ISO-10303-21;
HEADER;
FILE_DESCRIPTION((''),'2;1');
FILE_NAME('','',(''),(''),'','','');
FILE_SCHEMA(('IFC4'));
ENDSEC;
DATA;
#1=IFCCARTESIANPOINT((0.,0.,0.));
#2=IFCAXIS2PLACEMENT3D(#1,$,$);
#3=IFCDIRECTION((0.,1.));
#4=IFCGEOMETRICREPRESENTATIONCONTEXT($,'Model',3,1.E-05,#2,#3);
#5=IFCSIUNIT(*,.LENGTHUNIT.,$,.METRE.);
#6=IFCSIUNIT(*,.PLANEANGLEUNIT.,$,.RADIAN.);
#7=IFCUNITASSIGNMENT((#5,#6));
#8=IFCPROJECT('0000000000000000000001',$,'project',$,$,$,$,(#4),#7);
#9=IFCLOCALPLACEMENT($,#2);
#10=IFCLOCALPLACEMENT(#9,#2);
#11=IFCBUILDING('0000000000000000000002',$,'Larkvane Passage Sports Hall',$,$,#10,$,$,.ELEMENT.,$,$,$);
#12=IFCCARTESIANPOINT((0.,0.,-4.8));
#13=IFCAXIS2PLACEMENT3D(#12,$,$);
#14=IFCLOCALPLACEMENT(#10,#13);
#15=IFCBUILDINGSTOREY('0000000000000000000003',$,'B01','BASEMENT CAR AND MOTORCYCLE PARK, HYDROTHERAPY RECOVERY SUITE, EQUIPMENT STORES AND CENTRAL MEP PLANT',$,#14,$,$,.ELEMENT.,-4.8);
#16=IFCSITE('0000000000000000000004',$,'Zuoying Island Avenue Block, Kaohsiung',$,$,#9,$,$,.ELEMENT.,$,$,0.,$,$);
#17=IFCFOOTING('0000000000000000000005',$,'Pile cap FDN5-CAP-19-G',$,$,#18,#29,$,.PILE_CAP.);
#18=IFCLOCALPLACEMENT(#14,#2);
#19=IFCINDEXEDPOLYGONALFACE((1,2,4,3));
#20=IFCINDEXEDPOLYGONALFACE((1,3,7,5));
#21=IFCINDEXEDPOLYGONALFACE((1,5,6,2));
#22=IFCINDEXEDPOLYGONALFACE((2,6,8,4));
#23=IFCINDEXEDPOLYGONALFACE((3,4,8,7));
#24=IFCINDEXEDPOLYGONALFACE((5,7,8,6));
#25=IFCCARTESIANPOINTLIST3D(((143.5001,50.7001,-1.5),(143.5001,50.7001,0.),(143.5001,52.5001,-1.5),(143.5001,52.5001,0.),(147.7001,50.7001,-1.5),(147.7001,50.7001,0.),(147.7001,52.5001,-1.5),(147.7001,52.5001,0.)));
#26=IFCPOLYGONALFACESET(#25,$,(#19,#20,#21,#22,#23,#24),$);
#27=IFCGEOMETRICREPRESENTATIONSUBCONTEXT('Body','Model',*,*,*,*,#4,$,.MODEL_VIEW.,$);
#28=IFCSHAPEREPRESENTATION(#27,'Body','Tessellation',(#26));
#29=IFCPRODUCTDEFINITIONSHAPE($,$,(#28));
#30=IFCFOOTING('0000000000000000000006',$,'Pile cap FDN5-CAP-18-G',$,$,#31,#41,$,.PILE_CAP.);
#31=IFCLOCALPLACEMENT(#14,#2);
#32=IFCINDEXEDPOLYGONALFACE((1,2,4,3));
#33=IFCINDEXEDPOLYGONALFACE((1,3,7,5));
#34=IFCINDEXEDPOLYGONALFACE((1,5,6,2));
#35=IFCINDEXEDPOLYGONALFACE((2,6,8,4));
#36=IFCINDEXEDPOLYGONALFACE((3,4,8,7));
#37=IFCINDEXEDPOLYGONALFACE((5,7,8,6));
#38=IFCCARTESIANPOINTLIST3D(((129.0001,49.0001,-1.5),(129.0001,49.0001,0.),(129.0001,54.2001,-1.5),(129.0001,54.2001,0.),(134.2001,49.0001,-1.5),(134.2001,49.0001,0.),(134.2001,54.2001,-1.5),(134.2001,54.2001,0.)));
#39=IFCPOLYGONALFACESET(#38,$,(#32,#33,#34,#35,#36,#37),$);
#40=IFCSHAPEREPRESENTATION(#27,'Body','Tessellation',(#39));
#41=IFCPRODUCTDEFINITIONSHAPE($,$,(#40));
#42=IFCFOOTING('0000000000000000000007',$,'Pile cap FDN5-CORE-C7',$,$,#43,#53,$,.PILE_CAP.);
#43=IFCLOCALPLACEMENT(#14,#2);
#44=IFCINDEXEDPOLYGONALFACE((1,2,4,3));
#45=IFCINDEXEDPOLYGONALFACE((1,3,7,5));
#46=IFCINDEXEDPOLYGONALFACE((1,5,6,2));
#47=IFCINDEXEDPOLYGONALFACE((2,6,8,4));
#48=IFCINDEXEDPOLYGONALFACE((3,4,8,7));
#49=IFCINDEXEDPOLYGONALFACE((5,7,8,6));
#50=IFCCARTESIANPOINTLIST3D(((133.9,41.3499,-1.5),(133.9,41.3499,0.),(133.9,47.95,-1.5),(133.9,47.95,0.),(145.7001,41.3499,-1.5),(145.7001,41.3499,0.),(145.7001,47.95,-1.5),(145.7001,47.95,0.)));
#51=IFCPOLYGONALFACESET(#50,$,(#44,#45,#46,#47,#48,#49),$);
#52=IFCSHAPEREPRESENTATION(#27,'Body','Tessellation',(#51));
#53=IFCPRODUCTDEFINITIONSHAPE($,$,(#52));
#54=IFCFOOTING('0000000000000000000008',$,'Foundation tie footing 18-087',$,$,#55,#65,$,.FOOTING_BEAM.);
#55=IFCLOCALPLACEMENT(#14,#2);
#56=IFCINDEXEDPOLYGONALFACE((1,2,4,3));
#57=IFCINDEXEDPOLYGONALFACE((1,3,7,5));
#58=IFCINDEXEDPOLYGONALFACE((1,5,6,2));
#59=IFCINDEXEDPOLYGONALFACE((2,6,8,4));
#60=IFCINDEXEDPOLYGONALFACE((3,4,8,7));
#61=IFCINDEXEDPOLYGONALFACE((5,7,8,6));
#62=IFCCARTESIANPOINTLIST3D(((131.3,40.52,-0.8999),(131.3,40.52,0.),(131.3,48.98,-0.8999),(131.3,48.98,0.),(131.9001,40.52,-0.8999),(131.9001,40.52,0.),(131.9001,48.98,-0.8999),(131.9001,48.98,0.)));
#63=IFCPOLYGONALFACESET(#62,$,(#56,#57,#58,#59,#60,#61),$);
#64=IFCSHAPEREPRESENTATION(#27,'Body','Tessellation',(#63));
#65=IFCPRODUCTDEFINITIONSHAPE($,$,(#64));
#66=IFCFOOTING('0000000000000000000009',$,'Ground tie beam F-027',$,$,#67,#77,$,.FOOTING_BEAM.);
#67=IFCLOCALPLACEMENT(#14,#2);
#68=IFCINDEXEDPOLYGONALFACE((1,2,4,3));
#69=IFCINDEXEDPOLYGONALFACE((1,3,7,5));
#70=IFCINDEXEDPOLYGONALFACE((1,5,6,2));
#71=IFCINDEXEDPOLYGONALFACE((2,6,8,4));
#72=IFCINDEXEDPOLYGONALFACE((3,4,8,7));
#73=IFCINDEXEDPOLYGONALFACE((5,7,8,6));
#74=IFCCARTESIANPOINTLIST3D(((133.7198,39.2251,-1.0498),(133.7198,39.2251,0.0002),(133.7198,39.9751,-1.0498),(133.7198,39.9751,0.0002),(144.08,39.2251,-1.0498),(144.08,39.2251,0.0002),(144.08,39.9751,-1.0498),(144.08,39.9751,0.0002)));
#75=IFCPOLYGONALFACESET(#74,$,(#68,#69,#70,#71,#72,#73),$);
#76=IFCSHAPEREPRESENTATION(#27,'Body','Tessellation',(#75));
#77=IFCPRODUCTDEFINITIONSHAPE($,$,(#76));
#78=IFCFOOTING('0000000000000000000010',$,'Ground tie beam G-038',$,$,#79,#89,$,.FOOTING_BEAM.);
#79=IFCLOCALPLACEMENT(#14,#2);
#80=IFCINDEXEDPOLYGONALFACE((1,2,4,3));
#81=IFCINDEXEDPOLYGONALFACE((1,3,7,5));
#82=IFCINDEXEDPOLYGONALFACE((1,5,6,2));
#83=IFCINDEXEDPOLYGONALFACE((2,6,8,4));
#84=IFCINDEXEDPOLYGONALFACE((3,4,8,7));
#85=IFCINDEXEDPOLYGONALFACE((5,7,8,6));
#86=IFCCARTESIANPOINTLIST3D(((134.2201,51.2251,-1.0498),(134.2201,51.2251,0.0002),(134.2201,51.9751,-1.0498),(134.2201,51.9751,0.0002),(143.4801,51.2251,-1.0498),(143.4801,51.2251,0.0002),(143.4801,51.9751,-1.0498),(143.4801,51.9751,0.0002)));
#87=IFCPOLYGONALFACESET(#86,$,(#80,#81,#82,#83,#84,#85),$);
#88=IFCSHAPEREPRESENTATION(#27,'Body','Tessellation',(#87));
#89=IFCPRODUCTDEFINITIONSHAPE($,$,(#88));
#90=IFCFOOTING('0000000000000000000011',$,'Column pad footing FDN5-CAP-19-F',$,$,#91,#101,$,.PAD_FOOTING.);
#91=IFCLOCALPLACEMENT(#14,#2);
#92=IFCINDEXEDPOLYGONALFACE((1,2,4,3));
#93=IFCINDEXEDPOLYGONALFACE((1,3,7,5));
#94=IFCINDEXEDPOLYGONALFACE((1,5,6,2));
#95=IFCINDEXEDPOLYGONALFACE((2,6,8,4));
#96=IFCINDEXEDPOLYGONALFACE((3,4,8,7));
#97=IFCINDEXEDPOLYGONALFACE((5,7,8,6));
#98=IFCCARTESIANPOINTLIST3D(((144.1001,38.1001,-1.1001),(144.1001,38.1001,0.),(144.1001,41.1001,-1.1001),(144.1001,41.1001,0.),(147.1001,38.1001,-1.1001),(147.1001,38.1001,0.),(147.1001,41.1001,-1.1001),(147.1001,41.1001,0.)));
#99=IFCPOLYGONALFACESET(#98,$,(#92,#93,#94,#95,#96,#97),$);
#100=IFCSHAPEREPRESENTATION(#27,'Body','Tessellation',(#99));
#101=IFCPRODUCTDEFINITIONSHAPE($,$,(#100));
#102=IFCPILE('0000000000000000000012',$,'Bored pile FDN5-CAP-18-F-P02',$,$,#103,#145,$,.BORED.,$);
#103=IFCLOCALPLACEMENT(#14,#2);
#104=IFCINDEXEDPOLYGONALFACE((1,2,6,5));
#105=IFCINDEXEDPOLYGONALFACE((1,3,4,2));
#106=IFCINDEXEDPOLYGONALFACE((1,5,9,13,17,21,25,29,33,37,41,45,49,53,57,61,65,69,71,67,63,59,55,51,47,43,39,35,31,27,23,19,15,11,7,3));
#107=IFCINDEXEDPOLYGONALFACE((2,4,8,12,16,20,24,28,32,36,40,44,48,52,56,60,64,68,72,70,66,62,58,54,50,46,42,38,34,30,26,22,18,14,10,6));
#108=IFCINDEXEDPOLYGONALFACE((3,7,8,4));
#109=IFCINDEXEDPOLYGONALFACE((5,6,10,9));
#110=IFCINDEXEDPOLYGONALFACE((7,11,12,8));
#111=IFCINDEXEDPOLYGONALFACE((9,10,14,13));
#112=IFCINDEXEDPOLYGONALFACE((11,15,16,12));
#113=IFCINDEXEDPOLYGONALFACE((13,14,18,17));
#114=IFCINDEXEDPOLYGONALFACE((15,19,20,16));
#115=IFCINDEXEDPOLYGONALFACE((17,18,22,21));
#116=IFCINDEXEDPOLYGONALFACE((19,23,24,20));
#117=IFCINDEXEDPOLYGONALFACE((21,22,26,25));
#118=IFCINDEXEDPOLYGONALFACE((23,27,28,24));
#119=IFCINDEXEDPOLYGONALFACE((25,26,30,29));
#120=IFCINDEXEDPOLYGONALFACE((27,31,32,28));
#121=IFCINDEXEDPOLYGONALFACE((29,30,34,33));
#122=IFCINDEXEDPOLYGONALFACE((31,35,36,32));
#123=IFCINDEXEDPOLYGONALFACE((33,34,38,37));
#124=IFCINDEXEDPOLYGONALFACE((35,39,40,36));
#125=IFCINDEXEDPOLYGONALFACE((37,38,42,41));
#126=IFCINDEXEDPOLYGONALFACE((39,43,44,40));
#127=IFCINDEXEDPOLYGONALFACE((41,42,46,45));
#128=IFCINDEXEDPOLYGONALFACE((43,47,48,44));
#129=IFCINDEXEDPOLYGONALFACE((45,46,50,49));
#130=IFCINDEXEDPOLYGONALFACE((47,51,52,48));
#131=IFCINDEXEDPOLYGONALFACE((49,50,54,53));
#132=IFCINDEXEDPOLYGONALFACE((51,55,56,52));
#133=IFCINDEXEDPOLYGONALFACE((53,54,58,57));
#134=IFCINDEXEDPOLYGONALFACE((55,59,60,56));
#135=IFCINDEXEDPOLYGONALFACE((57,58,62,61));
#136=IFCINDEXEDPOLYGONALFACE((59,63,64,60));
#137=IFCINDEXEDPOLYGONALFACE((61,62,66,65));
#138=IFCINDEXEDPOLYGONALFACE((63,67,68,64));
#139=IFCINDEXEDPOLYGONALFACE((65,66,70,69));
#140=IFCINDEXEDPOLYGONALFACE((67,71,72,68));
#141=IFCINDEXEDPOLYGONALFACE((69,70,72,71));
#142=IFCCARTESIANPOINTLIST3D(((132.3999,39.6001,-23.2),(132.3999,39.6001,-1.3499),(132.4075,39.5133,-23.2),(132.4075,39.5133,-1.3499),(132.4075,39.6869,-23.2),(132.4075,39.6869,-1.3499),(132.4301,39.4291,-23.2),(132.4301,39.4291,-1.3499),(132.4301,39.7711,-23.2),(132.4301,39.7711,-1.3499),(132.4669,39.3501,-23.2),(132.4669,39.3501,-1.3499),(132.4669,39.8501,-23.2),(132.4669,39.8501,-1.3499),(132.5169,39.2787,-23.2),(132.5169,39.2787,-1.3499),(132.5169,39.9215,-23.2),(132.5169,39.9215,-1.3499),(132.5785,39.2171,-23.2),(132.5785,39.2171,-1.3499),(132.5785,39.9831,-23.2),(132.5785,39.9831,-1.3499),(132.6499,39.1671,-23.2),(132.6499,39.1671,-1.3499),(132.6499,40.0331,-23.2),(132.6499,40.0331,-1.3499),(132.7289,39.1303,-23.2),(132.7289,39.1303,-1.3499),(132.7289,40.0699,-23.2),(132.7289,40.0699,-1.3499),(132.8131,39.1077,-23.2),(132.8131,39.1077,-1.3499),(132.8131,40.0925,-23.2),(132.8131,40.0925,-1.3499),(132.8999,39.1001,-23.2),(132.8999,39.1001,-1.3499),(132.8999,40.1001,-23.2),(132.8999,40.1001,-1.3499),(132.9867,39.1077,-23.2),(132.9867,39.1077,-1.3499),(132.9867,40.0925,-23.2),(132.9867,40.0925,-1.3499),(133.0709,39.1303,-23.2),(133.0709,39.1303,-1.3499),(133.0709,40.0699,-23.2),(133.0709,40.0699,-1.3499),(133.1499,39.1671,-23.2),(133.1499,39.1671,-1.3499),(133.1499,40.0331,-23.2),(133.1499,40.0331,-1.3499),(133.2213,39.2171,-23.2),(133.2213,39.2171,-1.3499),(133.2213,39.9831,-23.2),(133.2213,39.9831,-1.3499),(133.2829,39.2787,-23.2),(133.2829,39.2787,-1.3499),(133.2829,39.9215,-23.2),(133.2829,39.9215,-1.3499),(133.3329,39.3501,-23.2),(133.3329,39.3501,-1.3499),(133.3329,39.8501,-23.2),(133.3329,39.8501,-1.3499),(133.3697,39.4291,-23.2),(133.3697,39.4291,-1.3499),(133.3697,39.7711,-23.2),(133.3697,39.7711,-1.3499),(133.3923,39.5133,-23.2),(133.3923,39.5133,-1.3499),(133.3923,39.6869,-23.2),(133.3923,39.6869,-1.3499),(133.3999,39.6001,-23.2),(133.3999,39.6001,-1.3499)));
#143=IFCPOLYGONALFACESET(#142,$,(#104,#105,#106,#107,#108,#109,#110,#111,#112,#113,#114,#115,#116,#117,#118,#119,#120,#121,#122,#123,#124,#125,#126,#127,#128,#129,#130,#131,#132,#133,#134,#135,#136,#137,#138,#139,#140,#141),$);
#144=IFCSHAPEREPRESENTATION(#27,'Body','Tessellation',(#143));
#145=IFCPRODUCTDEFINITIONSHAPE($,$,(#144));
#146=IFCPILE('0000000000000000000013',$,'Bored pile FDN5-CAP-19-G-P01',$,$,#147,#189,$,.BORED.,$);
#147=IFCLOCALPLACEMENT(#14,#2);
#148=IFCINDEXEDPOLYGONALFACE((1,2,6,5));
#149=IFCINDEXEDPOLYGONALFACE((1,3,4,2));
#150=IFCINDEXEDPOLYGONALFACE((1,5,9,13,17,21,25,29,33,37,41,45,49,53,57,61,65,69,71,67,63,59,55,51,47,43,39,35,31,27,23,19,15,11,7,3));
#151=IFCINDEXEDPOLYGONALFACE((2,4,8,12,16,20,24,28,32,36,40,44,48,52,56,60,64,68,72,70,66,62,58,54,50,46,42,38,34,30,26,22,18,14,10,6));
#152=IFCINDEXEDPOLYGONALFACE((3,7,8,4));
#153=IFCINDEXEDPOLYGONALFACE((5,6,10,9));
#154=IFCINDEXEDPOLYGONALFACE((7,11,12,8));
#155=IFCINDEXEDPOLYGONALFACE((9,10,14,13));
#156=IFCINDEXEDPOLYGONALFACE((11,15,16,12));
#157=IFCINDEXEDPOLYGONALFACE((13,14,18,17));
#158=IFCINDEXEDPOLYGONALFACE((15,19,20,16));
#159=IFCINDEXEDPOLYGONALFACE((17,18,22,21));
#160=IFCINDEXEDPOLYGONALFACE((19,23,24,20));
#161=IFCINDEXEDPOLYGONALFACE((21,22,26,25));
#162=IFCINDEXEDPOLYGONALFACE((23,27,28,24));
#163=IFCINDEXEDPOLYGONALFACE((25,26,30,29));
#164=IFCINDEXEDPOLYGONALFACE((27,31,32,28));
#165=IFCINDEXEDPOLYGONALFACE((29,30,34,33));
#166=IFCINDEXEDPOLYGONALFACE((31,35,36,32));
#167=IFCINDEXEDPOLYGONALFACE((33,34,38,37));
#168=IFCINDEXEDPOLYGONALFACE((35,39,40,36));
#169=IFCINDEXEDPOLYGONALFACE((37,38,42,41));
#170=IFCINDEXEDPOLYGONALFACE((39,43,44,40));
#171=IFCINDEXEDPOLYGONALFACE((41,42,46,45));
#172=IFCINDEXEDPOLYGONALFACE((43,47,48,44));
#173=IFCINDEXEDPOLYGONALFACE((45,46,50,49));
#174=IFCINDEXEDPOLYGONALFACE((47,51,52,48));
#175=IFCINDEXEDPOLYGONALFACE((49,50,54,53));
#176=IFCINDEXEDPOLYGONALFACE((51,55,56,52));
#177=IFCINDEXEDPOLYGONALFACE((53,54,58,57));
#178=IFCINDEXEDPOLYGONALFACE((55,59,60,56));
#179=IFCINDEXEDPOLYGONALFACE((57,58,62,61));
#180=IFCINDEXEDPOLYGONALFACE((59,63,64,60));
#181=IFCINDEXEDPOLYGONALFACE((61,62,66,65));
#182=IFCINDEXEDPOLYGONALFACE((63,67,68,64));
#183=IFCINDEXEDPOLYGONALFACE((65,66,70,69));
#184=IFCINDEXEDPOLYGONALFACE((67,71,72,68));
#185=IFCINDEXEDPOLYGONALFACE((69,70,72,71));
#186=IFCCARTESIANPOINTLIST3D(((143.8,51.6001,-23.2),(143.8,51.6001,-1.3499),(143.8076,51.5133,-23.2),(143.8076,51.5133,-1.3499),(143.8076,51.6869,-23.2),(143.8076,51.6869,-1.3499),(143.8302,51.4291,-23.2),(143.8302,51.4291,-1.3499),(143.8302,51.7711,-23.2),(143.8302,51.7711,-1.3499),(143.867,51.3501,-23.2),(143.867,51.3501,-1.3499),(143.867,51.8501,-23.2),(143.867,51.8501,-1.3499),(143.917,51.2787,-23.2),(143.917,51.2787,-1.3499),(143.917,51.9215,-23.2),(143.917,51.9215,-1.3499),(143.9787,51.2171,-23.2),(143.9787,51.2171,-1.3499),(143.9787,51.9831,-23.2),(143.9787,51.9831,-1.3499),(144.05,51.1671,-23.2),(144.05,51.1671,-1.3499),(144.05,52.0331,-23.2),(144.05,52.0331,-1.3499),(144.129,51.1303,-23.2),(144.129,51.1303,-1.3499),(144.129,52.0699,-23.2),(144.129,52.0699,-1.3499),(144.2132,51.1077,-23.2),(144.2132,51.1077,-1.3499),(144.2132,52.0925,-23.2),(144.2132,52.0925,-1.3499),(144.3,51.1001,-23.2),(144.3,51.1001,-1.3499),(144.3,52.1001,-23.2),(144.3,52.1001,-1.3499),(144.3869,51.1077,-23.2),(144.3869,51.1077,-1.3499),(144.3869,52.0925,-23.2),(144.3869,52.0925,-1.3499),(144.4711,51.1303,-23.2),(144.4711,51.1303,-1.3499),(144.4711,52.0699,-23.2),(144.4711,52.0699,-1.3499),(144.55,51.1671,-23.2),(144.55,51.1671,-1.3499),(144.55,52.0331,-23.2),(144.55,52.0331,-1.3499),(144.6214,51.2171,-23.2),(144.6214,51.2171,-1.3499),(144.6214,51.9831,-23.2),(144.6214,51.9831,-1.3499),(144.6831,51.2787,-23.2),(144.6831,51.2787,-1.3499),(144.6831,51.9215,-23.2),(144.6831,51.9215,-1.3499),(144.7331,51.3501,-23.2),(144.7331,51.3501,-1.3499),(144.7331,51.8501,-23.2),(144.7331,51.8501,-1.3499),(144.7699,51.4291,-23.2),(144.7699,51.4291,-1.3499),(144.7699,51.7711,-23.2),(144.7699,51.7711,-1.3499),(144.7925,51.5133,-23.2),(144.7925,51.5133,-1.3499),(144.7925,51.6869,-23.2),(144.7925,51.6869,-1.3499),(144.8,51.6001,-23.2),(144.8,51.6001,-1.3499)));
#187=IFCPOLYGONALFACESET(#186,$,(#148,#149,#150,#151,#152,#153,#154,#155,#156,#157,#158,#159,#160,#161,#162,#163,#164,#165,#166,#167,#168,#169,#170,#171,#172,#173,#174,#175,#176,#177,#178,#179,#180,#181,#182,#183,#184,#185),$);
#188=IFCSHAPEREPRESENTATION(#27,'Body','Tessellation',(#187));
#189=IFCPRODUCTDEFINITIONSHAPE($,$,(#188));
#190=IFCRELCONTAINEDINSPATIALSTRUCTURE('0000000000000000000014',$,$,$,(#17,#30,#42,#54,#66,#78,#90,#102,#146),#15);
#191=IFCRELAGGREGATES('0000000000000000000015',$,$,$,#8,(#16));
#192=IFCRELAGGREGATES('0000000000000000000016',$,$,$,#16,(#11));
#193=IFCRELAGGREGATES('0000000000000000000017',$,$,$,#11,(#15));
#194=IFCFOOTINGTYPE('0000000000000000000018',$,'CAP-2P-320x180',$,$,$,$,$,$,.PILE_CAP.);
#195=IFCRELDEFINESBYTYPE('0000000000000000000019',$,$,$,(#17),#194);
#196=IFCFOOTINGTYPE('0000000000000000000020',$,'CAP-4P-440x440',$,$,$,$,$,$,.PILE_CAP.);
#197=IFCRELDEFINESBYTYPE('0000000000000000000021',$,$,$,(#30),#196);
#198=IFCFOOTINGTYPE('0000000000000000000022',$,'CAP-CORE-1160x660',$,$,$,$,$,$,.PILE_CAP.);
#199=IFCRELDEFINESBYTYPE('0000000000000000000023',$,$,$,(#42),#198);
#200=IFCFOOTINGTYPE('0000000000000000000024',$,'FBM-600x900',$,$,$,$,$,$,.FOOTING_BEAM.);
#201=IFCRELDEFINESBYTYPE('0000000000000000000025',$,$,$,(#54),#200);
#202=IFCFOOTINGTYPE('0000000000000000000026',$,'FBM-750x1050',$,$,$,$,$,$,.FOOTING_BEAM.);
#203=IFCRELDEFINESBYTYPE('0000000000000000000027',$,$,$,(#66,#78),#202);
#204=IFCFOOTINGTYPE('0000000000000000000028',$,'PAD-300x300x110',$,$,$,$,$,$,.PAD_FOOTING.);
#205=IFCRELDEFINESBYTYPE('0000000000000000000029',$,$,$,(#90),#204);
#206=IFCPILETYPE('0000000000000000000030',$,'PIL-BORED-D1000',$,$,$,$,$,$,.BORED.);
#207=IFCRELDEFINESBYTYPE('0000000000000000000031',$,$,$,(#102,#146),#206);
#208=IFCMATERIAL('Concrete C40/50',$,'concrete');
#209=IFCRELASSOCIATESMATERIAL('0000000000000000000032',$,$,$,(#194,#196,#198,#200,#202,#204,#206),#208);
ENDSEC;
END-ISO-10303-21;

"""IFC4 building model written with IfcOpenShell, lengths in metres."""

from ifc_helpers import new_model, si_unit, direction, frame, origin, origin_2d, place, context, subcontext, project, spatial, rectangle, circle, extrude, material, material_profile, profile_set, type_object, element, save


model = new_model("IFC4")

# Units and contexts
model_context = context("Model", 3, precision=1e-05, world=origin(), true_north=direction((0.0, 1.0)))
body_context = subcontext(model_context, "Body", "Model", "MODEL_VIEW")
ifc_project = project(units=[si_unit("LENGTHUNIT", "METRE"), si_unit("PLANEANGLEUNIT", "RADIAN")], contexts=[model_context])

# Site, building, storey
site_placement = place(None, origin())
site = spatial("IfcSite", under=ifc_project, at=site_placement, Name="Zuoying Island Avenue Block, Kaohsiung", CompositionType="ELEMENT", RefElevation=0.0)
building_placement = place(site_placement, origin())
building = spatial("IfcBuilding", under=site, at=building_placement, Name="Larkvane Passage Sports Hall", CompositionType="ELEMENT")
storey_placement = place(building_placement, frame((0.0, 0.0, -4.8)))
storey = spatial("IfcBuildingStorey", under=building, at=storey_placement, Name="B01", Description="BASEMENT CAR AND MOTORCYCLE PARK, HYDROTHERAPY RECOVERY SUITE, EQUIPMENT STORES AND CENTRAL MEP PLANT", CompositionType="ELEMENT", Elevation=-4.8)

# Footings
ifc_material_1 = material(Name="Concrete C40/50", Category="concrete")
footing_type_1 = type_object("IfcFootingType", Name="CAP-2P-320x180", PredefinedType="PILE_CAP", material=ifc_material_1)
footing_1_placement = place(storey_placement, frame((145.6001, 51.6001, -1.5), z_axis=(0.0, 0.0, 1.0), x_axis=(1.0, 0.0, 0.0)))
element("IfcFooting", 1, at=footing_1_placement, inside=storey, type_object=footing_type_1, Name="Pile cap FDN5-CAP-19-G", PredefinedType="PILE_CAP", context=body_context, shape_type="SweptSolid", body=[
    extrude(rectangle(XDim=4.2, YDim=1.8, at=origin_2d()), origin(), (0.0, 0.0, 1.0), 1.5),
])
footing_type_2 = type_object("IfcFootingType", Name="CAP-4P-440x440", PredefinedType="PILE_CAP", material=ifc_material_1)
footing_2_placement = place(storey_placement, frame((131.6001, 51.6001, -1.5), z_axis=(0.0, 0.0, 1.0), x_axis=(1.0, 0.0, 0.0)))
element("IfcFooting", 2, at=footing_2_placement, inside=storey, type_object=footing_type_2, Name="Pile cap FDN5-CAP-18-G", PredefinedType="PILE_CAP", context=body_context, shape_type="SweptSolid", body=[
    extrude(rectangle(XDim=5.2, YDim=5.2, at=origin_2d()), origin(), (0.0, 0.0, 1.0), 1.5),
])
footing_type_3 = type_object("IfcFootingType", Name="CAP-CORE-1160x660", PredefinedType="PILE_CAP", material=ifc_material_1)
footing_3_placement = place(storey_placement, frame((139.8, 44.6499, -1.5), z_axis=(0.0, 0.0, 1.0), x_axis=(1.0, 0.0, 0.0)))
element("IfcFooting", 3, at=footing_3_placement, inside=storey, type_object=footing_type_3, Name="Pile cap FDN5-CORE-C7", PredefinedType="PILE_CAP", context=body_context, shape_type="SweptSolid", body=[
    extrude(rectangle(XDim=11.8, YDim=6.6001, at=origin_2d()), origin(), (0.0, 0.0, 1.0), 1.5),
])
footing_type_4 = type_object("IfcFootingType", Name="FBM-600x900", PredefinedType="FOOTING_BEAM", material=ifc_material_1)
footing_4_placement = place(storey_placement, frame((131.6001, 44.75, -0.8999), z_axis=(0.0, 0.0, 1.0), x_axis=(1.0, 0.0, 0.0)))
element("IfcFooting", 4, at=footing_4_placement, inside=storey, type_object=footing_type_4, Name="Foundation tie footing 18-087", PredefinedType="FOOTING_BEAM", context=body_context, shape_type="SweptSolid", body=[
    extrude(rectangle(XDim=0.6001, YDim=8.46, at=origin_2d()), origin(), (0.0, 0.0, 1.0), 0.8999),
])
footing_type_5 = type_object("IfcFootingType", Name="FBM-750x1050", PredefinedType="FOOTING_BEAM", material=ifc_material_1)
footing_5_placement = place(storey_placement, frame((138.8999, 39.6001, -1.0498), z_axis=(0.0, 0.0, 1.0), x_axis=(1.0, 0.0, 0.0)))
element("IfcFooting", 5, at=footing_5_placement, inside=storey, type_object=footing_type_5, Name="Ground tie beam F-027", PredefinedType="FOOTING_BEAM", context=body_context, shape_type="SweptSolid", body=[
    extrude(rectangle(XDim=10.3601, YDim=0.75, at=origin_2d()), origin(), (0.0, 0.0, 1.0), 1.05),
])
footing_6_placement = place(storey_placement, frame((138.8501, 51.6001, -1.0498), z_axis=(0.0, 0.0, 1.0), x_axis=(1.0, 0.0, 0.0)))
element("IfcFooting", 6, at=footing_6_placement, inside=storey, type_object=footing_type_5, Name="Ground tie beam G-038", PredefinedType="FOOTING_BEAM", context=body_context, shape_type="SweptSolid", body=[
    extrude(rectangle(XDim=9.26, YDim=0.75, at=origin_2d()), origin(), (0.0, 0.0, 1.0), 1.05),
])
footing_type_6 = type_object("IfcFootingType", Name="PAD-300x300x110", PredefinedType="PAD_FOOTING", material=ifc_material_1)
footing_7_placement = place(storey_placement, frame((145.6001, 39.6001, -1.1001), z_axis=(0.0, 0.0, 1.0), x_axis=(1.0, 0.0, 0.0)))
element("IfcFooting", 7, at=footing_7_placement, inside=storey, type_object=footing_type_6, Name="Column pad footing FDN5-CAP-19-F", PredefinedType="PAD_FOOTING", context=body_context, shape_type="SweptSolid", body=[
    extrude(rectangle(XDim=3.0, YDim=3.0, at=origin_2d()), origin(), (0.0, 0.0, 1.0), 1.1001),
])

# Piles
ifc_material_profile_1 = material_profile(ifc_material_1, circle(Radius=0.5, at=origin_2d()), Name="PILE-D1000")
ifc_profile_set_1 = profile_set([ifc_material_profile_1], Name="Concrete C40/50")
pile_type_1 = type_object("IfcPileType", Name="PIL-BORED-D1000", PredefinedType="BORED", material=ifc_profile_set_1)
for number, where, z_axis, x_axis, name in (
    (8, (132.8999, 39.6001, -1.3499), (0.0, 0.0, -1.0), (1.0, 0.0, 0.0), "Bored pile FDN5-CAP-18-F-P02"),
    (9, (144.3, 51.6001, -1.3499), (0.0, 0.0, -1.0), (1.0, 0.0, 0.0), "Bored pile FDN5-CAP-19-G-P01"),
):
    element("IfcPile", number, at=place(storey_placement, frame(where, z_axis=z_axis, x_axis=x_axis)), inside=storey, type_object=pile_type_1, Name=name, PredefinedType="BORED", context=body_context, shape_type="SweptSolid", body=[
        extrude(circle(Radius=0.5, at=origin_2d()), origin(), (0.0, 0.0, 1.0), 21.8501),
    ])

save(model, "model.ifc")
